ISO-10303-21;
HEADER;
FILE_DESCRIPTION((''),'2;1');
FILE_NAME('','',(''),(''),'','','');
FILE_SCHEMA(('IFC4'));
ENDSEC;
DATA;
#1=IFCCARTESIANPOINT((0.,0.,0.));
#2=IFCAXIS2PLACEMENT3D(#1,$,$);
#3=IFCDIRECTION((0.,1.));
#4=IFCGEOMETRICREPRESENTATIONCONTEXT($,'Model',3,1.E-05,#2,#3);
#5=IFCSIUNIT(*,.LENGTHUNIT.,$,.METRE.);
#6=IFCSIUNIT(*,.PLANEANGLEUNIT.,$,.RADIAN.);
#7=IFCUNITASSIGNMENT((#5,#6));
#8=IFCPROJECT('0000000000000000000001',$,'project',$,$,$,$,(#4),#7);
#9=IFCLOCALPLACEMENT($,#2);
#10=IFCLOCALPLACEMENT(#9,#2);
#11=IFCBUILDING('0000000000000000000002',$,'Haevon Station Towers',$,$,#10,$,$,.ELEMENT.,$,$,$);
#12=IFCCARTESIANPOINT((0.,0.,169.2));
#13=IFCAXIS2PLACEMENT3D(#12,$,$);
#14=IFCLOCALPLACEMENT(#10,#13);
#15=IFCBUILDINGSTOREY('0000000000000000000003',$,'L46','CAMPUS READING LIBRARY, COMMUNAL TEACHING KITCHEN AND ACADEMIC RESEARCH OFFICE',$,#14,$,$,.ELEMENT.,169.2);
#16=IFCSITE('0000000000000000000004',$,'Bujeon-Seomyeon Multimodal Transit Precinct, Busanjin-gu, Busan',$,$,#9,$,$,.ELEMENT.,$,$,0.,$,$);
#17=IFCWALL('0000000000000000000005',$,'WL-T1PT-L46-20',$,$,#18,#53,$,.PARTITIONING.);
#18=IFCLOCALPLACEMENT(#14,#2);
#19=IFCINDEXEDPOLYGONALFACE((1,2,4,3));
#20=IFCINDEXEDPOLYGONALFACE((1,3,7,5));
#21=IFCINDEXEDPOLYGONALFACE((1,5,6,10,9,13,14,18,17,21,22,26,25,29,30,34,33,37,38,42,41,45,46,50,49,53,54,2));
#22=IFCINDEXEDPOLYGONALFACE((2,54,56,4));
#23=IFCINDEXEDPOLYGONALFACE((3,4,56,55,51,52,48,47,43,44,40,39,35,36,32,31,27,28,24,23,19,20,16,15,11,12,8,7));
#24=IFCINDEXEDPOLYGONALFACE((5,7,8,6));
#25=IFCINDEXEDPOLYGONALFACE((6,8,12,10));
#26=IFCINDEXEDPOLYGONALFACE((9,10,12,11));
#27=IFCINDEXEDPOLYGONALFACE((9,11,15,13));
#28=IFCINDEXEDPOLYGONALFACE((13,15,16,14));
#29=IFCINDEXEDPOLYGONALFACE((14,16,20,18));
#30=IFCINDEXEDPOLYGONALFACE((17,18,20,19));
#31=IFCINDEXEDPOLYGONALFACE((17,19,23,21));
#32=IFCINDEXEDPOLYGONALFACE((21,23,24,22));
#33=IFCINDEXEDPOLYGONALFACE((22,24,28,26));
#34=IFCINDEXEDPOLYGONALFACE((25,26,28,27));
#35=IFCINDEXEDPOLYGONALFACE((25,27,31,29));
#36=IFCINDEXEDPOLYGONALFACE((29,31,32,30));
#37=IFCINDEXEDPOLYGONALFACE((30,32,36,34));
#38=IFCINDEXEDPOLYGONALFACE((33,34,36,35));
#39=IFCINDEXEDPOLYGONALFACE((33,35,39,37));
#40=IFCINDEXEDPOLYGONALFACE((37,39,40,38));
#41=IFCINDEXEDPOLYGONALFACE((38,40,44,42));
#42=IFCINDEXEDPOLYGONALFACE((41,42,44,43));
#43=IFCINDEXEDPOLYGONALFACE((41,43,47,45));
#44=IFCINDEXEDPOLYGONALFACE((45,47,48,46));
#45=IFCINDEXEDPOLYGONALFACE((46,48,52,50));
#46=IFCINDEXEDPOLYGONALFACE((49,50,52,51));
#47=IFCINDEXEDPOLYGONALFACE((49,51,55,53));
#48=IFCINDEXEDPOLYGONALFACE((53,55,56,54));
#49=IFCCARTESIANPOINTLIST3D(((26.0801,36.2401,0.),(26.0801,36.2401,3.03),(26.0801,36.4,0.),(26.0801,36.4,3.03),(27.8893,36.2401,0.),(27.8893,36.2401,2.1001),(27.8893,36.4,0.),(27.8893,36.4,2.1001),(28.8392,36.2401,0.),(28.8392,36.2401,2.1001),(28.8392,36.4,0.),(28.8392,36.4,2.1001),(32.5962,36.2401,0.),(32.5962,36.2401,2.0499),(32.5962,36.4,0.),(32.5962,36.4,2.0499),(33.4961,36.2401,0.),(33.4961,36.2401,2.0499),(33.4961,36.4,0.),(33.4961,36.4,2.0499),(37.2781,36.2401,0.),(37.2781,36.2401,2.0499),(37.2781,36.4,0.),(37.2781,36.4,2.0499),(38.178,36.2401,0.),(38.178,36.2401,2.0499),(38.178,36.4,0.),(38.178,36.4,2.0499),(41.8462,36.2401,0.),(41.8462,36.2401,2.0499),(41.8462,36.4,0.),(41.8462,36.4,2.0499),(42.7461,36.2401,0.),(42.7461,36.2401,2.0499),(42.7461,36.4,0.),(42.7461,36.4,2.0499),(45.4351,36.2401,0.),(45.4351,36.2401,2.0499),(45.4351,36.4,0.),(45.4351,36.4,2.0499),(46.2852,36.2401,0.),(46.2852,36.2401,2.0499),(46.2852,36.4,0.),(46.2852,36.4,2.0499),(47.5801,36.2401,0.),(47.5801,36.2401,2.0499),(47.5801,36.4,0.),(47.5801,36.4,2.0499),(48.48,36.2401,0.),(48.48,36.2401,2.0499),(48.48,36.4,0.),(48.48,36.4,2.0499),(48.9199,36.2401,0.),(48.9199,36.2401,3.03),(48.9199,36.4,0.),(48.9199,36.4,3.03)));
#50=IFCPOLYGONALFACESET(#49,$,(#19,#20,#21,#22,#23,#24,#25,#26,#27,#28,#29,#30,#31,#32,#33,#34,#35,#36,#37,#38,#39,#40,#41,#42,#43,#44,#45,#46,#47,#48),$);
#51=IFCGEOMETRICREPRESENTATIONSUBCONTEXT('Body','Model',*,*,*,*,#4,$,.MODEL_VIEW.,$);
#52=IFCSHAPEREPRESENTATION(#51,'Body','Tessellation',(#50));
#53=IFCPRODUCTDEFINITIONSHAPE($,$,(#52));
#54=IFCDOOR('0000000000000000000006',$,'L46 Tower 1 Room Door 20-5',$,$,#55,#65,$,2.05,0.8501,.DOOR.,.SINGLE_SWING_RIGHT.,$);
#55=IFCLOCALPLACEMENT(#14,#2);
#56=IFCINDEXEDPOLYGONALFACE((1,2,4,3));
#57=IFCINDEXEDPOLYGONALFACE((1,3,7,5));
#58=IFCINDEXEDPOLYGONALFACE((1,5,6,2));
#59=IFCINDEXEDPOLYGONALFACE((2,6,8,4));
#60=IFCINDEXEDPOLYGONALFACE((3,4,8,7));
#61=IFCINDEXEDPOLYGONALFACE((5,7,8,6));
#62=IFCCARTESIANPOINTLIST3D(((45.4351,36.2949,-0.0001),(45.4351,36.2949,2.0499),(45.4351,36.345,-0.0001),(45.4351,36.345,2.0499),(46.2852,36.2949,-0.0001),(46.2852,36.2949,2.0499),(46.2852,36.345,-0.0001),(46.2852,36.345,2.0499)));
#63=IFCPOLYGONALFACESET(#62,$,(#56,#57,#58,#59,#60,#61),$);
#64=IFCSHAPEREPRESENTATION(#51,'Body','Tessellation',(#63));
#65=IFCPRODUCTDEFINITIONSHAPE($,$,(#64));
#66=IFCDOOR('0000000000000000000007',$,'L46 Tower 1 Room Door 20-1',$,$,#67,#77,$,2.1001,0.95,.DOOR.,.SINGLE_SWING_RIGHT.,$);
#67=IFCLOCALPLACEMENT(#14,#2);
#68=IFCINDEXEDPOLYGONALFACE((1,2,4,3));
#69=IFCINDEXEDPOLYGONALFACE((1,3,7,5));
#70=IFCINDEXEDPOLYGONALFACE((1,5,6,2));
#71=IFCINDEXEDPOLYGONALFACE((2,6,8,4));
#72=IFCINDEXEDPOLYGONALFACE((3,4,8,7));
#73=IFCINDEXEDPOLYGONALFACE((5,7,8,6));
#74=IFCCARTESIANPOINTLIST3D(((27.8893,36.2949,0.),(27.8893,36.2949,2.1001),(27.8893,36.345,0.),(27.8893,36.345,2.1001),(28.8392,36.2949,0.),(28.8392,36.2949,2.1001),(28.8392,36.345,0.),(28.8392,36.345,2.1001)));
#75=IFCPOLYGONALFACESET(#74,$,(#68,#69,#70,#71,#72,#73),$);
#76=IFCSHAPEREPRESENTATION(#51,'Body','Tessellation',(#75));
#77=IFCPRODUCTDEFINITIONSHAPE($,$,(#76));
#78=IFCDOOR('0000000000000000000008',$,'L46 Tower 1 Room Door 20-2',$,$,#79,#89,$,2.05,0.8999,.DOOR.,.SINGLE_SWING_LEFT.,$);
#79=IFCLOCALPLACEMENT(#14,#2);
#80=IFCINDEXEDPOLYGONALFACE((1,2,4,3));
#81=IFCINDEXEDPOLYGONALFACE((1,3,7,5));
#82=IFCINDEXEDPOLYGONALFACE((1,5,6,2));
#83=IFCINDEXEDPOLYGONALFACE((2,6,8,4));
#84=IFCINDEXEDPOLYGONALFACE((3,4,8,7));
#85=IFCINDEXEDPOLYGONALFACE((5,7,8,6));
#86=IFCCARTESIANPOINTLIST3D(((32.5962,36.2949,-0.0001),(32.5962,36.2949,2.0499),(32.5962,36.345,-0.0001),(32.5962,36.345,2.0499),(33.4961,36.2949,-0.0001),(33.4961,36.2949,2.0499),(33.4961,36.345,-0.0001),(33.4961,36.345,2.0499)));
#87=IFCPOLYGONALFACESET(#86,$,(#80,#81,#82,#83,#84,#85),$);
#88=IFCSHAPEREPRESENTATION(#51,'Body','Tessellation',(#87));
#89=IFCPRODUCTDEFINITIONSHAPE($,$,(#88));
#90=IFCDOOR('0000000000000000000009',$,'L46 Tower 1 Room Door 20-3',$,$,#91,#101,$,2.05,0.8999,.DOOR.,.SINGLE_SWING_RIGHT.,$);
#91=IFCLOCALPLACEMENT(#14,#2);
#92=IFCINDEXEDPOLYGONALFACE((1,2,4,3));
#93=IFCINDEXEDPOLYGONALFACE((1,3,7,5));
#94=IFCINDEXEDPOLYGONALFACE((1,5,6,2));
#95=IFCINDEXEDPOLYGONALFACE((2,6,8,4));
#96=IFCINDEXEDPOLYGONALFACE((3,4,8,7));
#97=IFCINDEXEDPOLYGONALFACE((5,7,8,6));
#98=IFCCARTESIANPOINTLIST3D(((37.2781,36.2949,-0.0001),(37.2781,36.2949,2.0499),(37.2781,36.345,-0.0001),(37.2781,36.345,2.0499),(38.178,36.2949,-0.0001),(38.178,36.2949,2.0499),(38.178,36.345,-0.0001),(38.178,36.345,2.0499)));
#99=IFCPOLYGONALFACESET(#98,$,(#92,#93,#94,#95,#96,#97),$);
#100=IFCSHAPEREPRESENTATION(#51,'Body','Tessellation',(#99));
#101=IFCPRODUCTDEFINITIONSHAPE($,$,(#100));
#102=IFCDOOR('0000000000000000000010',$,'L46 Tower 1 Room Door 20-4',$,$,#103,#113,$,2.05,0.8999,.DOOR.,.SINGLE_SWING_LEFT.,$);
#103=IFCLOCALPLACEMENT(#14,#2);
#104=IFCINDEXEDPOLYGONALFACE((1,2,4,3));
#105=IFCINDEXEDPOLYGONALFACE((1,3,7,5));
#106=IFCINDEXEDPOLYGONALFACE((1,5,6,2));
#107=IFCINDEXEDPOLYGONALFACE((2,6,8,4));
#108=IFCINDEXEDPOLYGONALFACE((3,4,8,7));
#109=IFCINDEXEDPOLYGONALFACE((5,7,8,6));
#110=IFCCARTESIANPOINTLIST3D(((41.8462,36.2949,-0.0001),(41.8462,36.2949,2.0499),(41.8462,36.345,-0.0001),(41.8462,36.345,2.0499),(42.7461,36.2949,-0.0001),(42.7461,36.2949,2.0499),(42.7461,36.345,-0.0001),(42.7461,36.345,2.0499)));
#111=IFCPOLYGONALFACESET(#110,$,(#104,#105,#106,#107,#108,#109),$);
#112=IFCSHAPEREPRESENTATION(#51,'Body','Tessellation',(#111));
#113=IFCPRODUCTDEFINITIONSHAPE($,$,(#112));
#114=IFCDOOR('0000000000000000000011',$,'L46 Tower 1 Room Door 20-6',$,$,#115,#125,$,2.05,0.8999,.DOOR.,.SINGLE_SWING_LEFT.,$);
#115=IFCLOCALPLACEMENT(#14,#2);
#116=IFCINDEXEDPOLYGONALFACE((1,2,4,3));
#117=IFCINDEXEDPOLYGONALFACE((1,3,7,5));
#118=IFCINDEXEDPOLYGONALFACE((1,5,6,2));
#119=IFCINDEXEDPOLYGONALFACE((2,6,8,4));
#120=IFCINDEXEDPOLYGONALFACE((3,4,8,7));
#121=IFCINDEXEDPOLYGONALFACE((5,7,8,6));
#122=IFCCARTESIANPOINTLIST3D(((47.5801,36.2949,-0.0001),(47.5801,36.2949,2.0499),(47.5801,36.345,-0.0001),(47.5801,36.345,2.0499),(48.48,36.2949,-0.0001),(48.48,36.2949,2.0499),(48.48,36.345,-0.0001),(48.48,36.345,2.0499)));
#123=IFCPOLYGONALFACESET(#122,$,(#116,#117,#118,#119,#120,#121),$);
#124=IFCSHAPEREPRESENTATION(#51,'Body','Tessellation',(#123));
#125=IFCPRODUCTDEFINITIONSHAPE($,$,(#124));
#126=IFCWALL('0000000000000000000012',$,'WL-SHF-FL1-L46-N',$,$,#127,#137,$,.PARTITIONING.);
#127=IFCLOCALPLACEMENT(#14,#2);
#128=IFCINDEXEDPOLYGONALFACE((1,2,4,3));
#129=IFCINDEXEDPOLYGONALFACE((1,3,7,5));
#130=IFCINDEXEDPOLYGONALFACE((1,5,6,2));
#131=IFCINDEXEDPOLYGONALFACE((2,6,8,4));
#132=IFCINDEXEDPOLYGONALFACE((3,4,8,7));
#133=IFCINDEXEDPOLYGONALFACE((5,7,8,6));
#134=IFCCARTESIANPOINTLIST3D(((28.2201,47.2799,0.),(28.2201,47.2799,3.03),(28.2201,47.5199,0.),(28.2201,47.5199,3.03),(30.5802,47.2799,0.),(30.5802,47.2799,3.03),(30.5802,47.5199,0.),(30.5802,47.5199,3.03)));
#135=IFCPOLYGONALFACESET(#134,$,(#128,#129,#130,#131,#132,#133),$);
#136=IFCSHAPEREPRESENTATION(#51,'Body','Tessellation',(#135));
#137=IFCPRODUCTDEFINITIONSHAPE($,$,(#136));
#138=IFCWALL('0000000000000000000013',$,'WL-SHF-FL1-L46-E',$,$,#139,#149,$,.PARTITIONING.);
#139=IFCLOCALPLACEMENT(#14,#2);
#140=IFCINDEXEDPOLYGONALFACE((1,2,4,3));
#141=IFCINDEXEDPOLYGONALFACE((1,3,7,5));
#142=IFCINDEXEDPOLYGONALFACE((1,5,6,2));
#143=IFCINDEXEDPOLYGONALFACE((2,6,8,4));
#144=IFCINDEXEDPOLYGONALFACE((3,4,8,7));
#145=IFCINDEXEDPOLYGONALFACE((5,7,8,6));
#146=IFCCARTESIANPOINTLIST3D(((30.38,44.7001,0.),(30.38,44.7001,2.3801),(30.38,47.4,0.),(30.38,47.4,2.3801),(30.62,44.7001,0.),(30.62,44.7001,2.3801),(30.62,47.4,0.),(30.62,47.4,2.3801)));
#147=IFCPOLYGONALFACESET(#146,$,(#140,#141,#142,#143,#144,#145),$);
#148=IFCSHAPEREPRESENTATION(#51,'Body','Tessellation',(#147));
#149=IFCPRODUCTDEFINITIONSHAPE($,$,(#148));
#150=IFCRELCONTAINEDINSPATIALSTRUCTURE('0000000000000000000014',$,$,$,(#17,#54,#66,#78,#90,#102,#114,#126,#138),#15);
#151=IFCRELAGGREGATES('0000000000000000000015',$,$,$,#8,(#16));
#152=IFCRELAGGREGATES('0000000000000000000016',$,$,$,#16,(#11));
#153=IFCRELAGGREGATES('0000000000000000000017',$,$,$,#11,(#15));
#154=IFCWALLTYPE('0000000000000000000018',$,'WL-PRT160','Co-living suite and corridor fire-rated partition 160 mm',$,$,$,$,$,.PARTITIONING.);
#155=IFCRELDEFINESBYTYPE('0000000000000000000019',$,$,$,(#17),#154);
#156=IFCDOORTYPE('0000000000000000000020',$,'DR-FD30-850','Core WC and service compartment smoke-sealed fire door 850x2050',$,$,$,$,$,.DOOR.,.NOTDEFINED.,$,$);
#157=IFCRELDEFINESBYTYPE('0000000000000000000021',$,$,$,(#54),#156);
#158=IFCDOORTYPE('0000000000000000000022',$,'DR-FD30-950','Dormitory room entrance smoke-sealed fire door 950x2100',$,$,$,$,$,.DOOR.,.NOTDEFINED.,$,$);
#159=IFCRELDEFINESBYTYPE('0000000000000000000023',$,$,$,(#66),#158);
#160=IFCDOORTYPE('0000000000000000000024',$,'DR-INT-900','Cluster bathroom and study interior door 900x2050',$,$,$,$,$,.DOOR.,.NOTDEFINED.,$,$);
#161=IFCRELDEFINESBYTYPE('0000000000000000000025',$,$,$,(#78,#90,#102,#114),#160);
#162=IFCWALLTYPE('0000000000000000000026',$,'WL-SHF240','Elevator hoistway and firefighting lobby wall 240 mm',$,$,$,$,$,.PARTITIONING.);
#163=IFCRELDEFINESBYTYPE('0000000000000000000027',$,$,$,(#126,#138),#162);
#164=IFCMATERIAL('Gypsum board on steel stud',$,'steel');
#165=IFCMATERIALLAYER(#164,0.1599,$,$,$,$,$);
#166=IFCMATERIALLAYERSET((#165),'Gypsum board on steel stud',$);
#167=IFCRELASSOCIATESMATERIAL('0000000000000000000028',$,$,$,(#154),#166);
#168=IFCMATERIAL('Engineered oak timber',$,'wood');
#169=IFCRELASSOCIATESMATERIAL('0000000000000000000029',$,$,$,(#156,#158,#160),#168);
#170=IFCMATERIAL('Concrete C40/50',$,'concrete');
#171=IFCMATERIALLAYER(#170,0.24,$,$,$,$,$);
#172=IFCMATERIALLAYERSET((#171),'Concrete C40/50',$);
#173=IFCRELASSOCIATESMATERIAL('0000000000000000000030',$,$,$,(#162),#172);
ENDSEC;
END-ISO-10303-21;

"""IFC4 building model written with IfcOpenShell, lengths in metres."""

from ifc_helpers import new_model, si_unit, direction, frame, frame_2d, origin, place, context, subcontext, project, spatial, rectangle, extrude, material, layer, layer_set, type_object, element, fill, save


model = new_model("IFC4")

# Units and contexts
model_context = context("Model", 3, precision=1e-05, world=origin(), true_north=direction((0.0, 1.0)))
body_context = subcontext(model_context, "Body", "Model", "MODEL_VIEW")
ifc_project = project(units=[si_unit("LENGTHUNIT", "METRE"), si_unit("PLANEANGLEUNIT", "RADIAN")], contexts=[model_context])

# Site, building, storey
site_placement = place(None, origin())
site = spatial("IfcSite", under=ifc_project, at=site_placement, Name="Bujeon-Seomyeon Multimodal Transit Precinct, Busanjin-gu, Busan", CompositionType="ELEMENT", RefElevation=0.0)
building_placement = place(site_placement, origin())
building = spatial("IfcBuilding", under=site, at=building_placement, Name="Haevon Station Towers", CompositionType="ELEMENT")
storey_placement = place(building_placement, frame((0.0, 0.0, 169.2)))
storey = spatial("IfcBuildingStorey", under=building, at=storey_placement, Name="L46", Description="CAMPUS READING LIBRARY, COMMUNAL TEACHING KITCHEN AND ACADEMIC RESEARCH OFFICE", CompositionType="ELEMENT", Elevation=169.2)

# Shared definitions
ifc_material_1 = material(Name="Gypsum board on steel stud", Category="steel")
ifc_material_2 = material(Name="Engineered oak timber", Category="wood")

# Wall, openings, doors
ifc_layer_1 = layer(ifc_material_1, 0.1599)
ifc_layer_set_1 = layer_set([ifc_layer_1], Name="Gypsum board on steel stud")
wall_type_1 = type_object("IfcWallType", Name="WL-PRT160", Description="Co-living suite and corridor fire-rated partition 160 mm", PredefinedType="PARTITIONING", material=ifc_layer_set_1)
wall_1_placement = place(storey_placement, frame((26.0801, 36.3201, 0.0), z_axis=(0.0, 0.0, 1.0), x_axis=(1.0, 0.0, 0.0)))
wall_1 = element("IfcWall", 1, at=wall_1_placement, inside=storey, type_object=wall_type_1, Name="WL-T1PT-L46-20", PredefinedType="PARTITIONING", context=body_context, shape_type="SweptSolid", body=[
    extrude(rectangle(XDim=22.8398, YDim=0.1599, at=frame_2d((11.4199, 0.0))), origin(), (0.0, 0.0, 1.0), 3.03),
])
opening_1_placement = place(wall_1_placement, frame((1.8091, 0.0, 0.0)))
opening_1 = element("IfcOpeningElement", 2, at=opening_1_placement, cuts=wall_1, PredefinedType="OPENING", context=body_context, shape_type="SweptSolid", body=[
    extrude(rectangle(XDim=0.95, YDim=2.1001, at=frame_2d((0.4751, 1.05))), frame((0.0, 0.0898, 0.0), z_axis=(0.0, -1.0, 0.0), x_axis=(1.0, 0.0, 0.0)), (0.0, 0.0, 1.0), 0.1799),
])
opening_2_placement = place(wall_1_placement, frame((6.5161, 0.0, 0.0)))
opening_2 = element("IfcOpeningElement", 3, at=opening_2_placement, cuts=wall_1, PredefinedType="OPENING", context=body_context, shape_type="SweptSolid", body=[
    extrude(rectangle(XDim=0.8999, YDim=2.05, at=frame_2d((0.45, 1.0249))), frame((0.0, 0.0898, 0.0), z_axis=(0.0, -1.0, 0.0), x_axis=(1.0, 0.0, 0.0)), (0.0, 0.0, 1.0), 0.1799),
])
opening_3_placement = place(wall_1_placement, frame((11.198, 0.0, 0.0)))
opening_3 = element("IfcOpeningElement", 4, at=opening_3_placement, cuts=wall_1, PredefinedType="OPENING", context=body_context, shape_type="SweptSolid", body=[
    extrude(rectangle(XDim=0.8999, YDim=2.05, at=frame_2d((0.45, 1.0249))), frame((0.0, 0.0898, 0.0), z_axis=(0.0, -1.0, 0.0), x_axis=(1.0, 0.0, 0.0)), (0.0, 0.0, 1.0), 0.1799),
])
opening_4_placement = place(wall_1_placement, frame((15.7661, 0.0, 0.0)))
opening_4 = element("IfcOpeningElement", 5, at=opening_4_placement, cuts=wall_1, PredefinedType="OPENING", context=body_context, shape_type="SweptSolid", body=[
    extrude(rectangle(XDim=0.8999, YDim=2.05, at=frame_2d((0.45, 1.0249))), frame((0.0, 0.0898, 0.0), z_axis=(0.0, -1.0, 0.0), x_axis=(1.0, 0.0, 0.0)), (0.0, 0.0, 1.0), 0.1799),
])
opening_5_placement = place(wall_1_placement, frame((19.355, 0.0, 0.0)))
opening_5 = element("IfcOpeningElement", 6, at=opening_5_placement, cuts=wall_1, PredefinedType="OPENING", context=body_context, shape_type="SweptSolid", body=[
    extrude(rectangle(XDim=0.8501, YDim=2.05, at=frame_2d((0.425, 1.0249))), frame((0.0, 0.0898, 0.0), z_axis=(0.0, -1.0, 0.0), x_axis=(1.0, 0.0, 0.0)), (0.0, 0.0, 1.0), 0.1799),
])
opening_6_placement = place(wall_1_placement, frame((21.5, 0.0, 0.0)))
opening_6 = element("IfcOpeningElement", 7, at=opening_6_placement, cuts=wall_1, PredefinedType="OPENING", context=body_context, shape_type="SweptSolid", body=[
    extrude(rectangle(XDim=0.8999, YDim=2.05, at=frame_2d((0.45, 1.0249))), frame((0.0, 0.0898, 0.0), z_axis=(0.0, -1.0, 0.0), x_axis=(1.0, 0.0, 0.0)), (0.0, 0.0, 1.0), 0.1799),
])
door_type_1 = type_object("IfcDoorType", Name="DR-FD30-850", Description="Core WC and service compartment smoke-sealed fire door 850x2050", OperationType="NOTDEFINED", PredefinedType="DOOR", material=ifc_material_2)
door_1_placement = place(opening_5_placement, origin())
door_1 = element("IfcDoor", 8, at=door_1_placement, inside=storey, type_object=door_type_1, Name="L46 Tower 1 Room Door 20-5", OperationType="SINGLE_SWING_RIGHT", OverallHeight=2.05, OverallWidth=0.8501, PredefinedType="DOOR", context=body_context, shape_type="SweptSolid", body=[
    extrude(rectangle(XDim=0.8501, YDim=2.05, at=frame_2d((0.425, 1.0249))), frame((0.0, 0.0249, 0.0), z_axis=(0.0, -1.0, 0.0), x_axis=(1.0, 0.0, 0.0)), (0.0, 0.0, 1.0), 0.05),
])
fill(opening_5, door_1)
door_type_2 = type_object("IfcDoorType", Name="DR-FD30-950", Description="Dormitory room entrance smoke-sealed fire door 950x2100", OperationType="NOTDEFINED", PredefinedType="DOOR", material=ifc_material_2)
door_2_placement = place(opening_1_placement, origin())
door_2 = element("IfcDoor", 9, at=door_2_placement, inside=storey, type_object=door_type_2, Name="L46 Tower 1 Room Door 20-1", OperationType="SINGLE_SWING_RIGHT", OverallHeight=2.1001, OverallWidth=0.95, PredefinedType="DOOR", context=body_context, shape_type="SweptSolid", body=[
    extrude(rectangle(XDim=0.95, YDim=2.1001, at=frame_2d((0.4751, 1.05))), frame((0.0, 0.0249, 0.0), z_axis=(0.0, -1.0, 0.0), x_axis=(1.0, 0.0, 0.0)), (0.0, 0.0, 1.0), 0.05),
])
fill(opening_1, door_2)
door_type_3 = type_object("IfcDoorType", Name="DR-INT-900", Description="Cluster bathroom and study interior door 900x2050", OperationType="NOTDEFINED", PredefinedType="DOOR", material=ifc_material_2)
door_3_placement = place(opening_2_placement, origin())
door_3 = element("IfcDoor", 10, at=door_3_placement, inside=storey, type_object=door_type_3, Name="L46 Tower 1 Room Door 20-2", OperationType="SINGLE_SWING_LEFT", OverallHeight=2.05, OverallWidth=0.8999, PredefinedType="DOOR", context=body_context, shape_type="SweptSolid", body=[
    extrude(rectangle(XDim=0.8999, YDim=2.05, at=frame_2d((0.45, 1.0249))), frame((0.0, 0.0249, 0.0), z_axis=(0.0, -1.0, 0.0), x_axis=(1.0, 0.0, 0.0)), (0.0, 0.0, 1.0), 0.05),
])
fill(opening_2, door_3)
door_4_placement = place(opening_3_placement, origin())
door_4 = element("IfcDoor", 11, at=door_4_placement, inside=storey, type_object=door_type_3, Name="L46 Tower 1 Room Door 20-3", OperationType="SINGLE_SWING_RIGHT", OverallHeight=2.05, OverallWidth=0.8999, PredefinedType="DOOR", context=body_context, shape_type="SweptSolid", body=[
    extrude(rectangle(XDim=0.8999, YDim=2.05, at=frame_2d((0.45, 1.0249))), frame((0.0, 0.0249, 0.0), z_axis=(0.0, -1.0, 0.0), x_axis=(1.0, 0.0, 0.0)), (0.0, 0.0, 1.0), 0.05),
])
fill(opening_3, door_4)
door_5_placement = place(opening_4_placement, origin())
door_5 = element("IfcDoor", 12, at=door_5_placement, inside=storey, type_object=door_type_3, Name="L46 Tower 1 Room Door 20-4", OperationType="SINGLE_SWING_LEFT", OverallHeight=2.05, OverallWidth=0.8999, PredefinedType="DOOR", context=body_context, shape_type="SweptSolid", body=[
    extrude(rectangle(XDim=0.8999, YDim=2.05, at=frame_2d((0.45, 1.0249))), frame((0.0, 0.0249, 0.0), z_axis=(0.0, -1.0, 0.0), x_axis=(1.0, 0.0, 0.0)), (0.0, 0.0, 1.0), 0.05),
])
fill(opening_4, door_5)
door_6_placement = place(opening_6_placement, origin())
door_6 = element("IfcDoor", 13, at=door_6_placement, inside=storey, type_object=door_type_3, Name="L46 Tower 1 Room Door 20-6", OperationType="SINGLE_SWING_LEFT", OverallHeight=2.05, OverallWidth=0.8999, PredefinedType="DOOR", context=body_context, shape_type="SweptSolid", body=[
    extrude(rectangle(XDim=0.8999, YDim=2.05, at=frame_2d((0.45, 1.0249))), frame((0.0, 0.0249, 0.0), z_axis=(0.0, -1.0, 0.0), x_axis=(1.0, 0.0, 0.0)), (0.0, 0.0, 1.0), 0.05),
])
fill(opening_6, door_6)

# Shared definitions
ifc_material_3 = material(Name="Concrete C40/50", Category="concrete")
ifc_layer_2 = layer(ifc_material_3, 0.24)
ifc_layer_set_2 = layer_set([ifc_layer_2], Name="Concrete C40/50")
wall_type_2 = type_object("IfcWallType", Name="WL-SHF240", Description="Elevator hoistway and firefighting lobby wall 240 mm", PredefinedType="PARTITIONING", material=ifc_layer_set_2)

# Walls
wall_2_placement = place(storey_placement, frame((28.22, 47.3999, 0.0), z_axis=(0.0, 0.0, 1.0), x_axis=(1.0, 0.0, 0.0)))
element("IfcWall", 14, at=wall_2_placement, inside=storey, type_object=wall_type_2, Name="WL-SHF-FL1-L46-N", PredefinedType="PARTITIONING", context=body_context, shape_type="SweptSolid", body=[
    extrude(rectangle(XDim=2.3601, YDim=0.24, at=frame_2d((1.1802, 0.0))), origin(), (0.0, 0.0, 1.0), 3.03),
])
wall_3_placement = place(storey_placement, frame((30.5, 44.7, 0.0), z_axis=(0.0, 0.0, 1.0), x_axis=(0.0, 1.0, 0.0)))
element("IfcWall", 15, at=wall_3_placement, inside=storey, type_object=wall_type_2, Name="WL-SHF-FL1-L46-E", PredefinedType="PARTITIONING", context=body_context, shape_type="SweptSolid", body=[
    extrude(rectangle(XDim=2.7, YDim=0.24, at=frame_2d((1.3501, 0.0))), origin(), (0.0, 0.0, 1.0), 2.3801),
])

save(model, "model.ifc")
